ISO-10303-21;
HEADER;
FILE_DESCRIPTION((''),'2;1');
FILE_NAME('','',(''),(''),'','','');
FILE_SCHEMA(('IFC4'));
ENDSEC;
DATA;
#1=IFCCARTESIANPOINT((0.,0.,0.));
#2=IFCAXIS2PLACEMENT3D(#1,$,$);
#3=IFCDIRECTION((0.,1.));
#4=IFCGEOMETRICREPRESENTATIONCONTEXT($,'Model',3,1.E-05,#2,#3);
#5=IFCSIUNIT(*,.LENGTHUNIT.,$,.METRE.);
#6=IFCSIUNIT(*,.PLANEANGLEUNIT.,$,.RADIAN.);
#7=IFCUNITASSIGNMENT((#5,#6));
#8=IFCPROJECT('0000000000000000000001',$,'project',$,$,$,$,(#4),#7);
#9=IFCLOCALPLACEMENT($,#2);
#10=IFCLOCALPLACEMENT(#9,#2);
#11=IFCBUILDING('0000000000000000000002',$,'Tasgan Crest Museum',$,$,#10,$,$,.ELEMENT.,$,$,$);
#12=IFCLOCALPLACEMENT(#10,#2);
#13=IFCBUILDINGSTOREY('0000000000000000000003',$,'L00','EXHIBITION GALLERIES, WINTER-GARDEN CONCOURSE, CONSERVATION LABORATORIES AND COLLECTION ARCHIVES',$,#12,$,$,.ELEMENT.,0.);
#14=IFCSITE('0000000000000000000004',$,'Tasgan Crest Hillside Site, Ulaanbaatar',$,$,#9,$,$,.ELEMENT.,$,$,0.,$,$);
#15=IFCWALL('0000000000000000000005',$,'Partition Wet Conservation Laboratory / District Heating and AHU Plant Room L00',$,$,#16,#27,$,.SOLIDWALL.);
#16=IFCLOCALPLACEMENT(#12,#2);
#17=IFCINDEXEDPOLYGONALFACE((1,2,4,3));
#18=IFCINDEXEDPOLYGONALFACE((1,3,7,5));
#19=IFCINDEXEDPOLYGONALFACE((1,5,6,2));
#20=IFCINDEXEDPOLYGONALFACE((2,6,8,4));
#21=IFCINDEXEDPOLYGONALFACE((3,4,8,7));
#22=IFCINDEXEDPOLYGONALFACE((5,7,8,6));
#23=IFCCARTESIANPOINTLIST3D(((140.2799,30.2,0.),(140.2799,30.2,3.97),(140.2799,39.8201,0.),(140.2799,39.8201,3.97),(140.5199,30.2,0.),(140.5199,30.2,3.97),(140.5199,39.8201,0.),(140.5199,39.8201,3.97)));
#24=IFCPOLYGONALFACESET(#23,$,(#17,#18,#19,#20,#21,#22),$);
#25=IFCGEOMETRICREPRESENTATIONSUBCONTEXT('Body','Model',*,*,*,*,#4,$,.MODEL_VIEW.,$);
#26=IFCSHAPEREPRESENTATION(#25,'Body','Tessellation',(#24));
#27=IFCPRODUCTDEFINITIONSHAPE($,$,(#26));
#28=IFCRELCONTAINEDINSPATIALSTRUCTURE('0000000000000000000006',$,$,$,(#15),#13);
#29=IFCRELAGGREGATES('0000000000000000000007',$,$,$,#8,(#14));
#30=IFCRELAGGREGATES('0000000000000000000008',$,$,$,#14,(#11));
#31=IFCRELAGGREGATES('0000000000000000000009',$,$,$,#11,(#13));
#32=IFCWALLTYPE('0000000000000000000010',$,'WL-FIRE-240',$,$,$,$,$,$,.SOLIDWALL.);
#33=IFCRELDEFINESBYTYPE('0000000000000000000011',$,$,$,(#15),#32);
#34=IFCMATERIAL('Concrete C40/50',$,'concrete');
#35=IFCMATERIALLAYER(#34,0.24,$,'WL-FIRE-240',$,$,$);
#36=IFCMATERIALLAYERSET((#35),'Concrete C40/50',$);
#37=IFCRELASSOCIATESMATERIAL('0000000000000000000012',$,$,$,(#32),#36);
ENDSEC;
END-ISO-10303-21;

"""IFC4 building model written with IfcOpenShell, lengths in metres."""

from ifc_helpers import new_model, si_unit, direction, frame, frame_2d, origin, place, context, subcontext, project, spatial, rectangle, extrude, material, layer, layer_set, type_object, element, save


model = new_model("IFC4")

# Units and contexts
model_context = context("Model", 3, precision=1e-05, world=origin(), true_north=direction((0.0, 1.0)))
body_context = subcontext(model_context, "Body", "Model", "MODEL_VIEW")
ifc_project = project(units=[si_unit("LENGTHUNIT", "METRE"), si_unit("PLANEANGLEUNIT", "RADIAN")], contexts=[model_context])

# Site, building, storey
site_placement = place(None, origin())
site = spatial("IfcSite", under=ifc_project, at=site_placement, Name="Tasgan Crest Hillside Site, Ulaanbaatar", CompositionType="ELEMENT", RefElevation=0.0)
building_placement = place(site_placement, origin())
building = spatial("IfcBuilding", under=site, at=building_placement, Name="Tasgan Crest Museum", CompositionType="ELEMENT")
storey_placement = place(building_placement, origin())
storey = spatial("IfcBuildingStorey", under=building, at=storey_placement, Name="L00", Description="EXHIBITION GALLERIES, WINTER-GARDEN CONCOURSE, CONSERVATION LABORATORIES AND COLLECTION ARCHIVES", CompositionType="ELEMENT", Elevation=0.0)

# Wall
ifc_material_1 = material(Name="Concrete C40/50", Category="concrete")
ifc_layer_1 = layer(ifc_material_1, 0.24, Name="WL-FIRE-240")
ifc_layer_set_1 = layer_set([ifc_layer_1], Name="Concrete C40/50")
wall_type_1 = type_object("IfcWallType", Name="WL-FIRE-240", PredefinedType="SOLIDWALL", material=ifc_layer_set_1)
wall_1_placement = place(storey_placement, frame((140.3999, 30.2, 0.0), z_axis=(0.0, 0.0, 1.0), x_axis=(0.0, 1.0, 0.0)))
element("IfcWall", 1, at=wall_1_placement, inside=storey, type_object=wall_type_1, Name="Partition Wet Conservation Laboratory / District Heating and AHU Plant Room L00", PredefinedType="SOLIDWALL", context=body_context, shape_type="SweptSolid", body=[
    extrude(rectangle(XDim=9.6201, YDim=0.24, at=frame_2d((4.8101, 0.0))), origin(), (0.0, 0.0, 1.0), 3.97),
])

save(model, "model.ifc")
